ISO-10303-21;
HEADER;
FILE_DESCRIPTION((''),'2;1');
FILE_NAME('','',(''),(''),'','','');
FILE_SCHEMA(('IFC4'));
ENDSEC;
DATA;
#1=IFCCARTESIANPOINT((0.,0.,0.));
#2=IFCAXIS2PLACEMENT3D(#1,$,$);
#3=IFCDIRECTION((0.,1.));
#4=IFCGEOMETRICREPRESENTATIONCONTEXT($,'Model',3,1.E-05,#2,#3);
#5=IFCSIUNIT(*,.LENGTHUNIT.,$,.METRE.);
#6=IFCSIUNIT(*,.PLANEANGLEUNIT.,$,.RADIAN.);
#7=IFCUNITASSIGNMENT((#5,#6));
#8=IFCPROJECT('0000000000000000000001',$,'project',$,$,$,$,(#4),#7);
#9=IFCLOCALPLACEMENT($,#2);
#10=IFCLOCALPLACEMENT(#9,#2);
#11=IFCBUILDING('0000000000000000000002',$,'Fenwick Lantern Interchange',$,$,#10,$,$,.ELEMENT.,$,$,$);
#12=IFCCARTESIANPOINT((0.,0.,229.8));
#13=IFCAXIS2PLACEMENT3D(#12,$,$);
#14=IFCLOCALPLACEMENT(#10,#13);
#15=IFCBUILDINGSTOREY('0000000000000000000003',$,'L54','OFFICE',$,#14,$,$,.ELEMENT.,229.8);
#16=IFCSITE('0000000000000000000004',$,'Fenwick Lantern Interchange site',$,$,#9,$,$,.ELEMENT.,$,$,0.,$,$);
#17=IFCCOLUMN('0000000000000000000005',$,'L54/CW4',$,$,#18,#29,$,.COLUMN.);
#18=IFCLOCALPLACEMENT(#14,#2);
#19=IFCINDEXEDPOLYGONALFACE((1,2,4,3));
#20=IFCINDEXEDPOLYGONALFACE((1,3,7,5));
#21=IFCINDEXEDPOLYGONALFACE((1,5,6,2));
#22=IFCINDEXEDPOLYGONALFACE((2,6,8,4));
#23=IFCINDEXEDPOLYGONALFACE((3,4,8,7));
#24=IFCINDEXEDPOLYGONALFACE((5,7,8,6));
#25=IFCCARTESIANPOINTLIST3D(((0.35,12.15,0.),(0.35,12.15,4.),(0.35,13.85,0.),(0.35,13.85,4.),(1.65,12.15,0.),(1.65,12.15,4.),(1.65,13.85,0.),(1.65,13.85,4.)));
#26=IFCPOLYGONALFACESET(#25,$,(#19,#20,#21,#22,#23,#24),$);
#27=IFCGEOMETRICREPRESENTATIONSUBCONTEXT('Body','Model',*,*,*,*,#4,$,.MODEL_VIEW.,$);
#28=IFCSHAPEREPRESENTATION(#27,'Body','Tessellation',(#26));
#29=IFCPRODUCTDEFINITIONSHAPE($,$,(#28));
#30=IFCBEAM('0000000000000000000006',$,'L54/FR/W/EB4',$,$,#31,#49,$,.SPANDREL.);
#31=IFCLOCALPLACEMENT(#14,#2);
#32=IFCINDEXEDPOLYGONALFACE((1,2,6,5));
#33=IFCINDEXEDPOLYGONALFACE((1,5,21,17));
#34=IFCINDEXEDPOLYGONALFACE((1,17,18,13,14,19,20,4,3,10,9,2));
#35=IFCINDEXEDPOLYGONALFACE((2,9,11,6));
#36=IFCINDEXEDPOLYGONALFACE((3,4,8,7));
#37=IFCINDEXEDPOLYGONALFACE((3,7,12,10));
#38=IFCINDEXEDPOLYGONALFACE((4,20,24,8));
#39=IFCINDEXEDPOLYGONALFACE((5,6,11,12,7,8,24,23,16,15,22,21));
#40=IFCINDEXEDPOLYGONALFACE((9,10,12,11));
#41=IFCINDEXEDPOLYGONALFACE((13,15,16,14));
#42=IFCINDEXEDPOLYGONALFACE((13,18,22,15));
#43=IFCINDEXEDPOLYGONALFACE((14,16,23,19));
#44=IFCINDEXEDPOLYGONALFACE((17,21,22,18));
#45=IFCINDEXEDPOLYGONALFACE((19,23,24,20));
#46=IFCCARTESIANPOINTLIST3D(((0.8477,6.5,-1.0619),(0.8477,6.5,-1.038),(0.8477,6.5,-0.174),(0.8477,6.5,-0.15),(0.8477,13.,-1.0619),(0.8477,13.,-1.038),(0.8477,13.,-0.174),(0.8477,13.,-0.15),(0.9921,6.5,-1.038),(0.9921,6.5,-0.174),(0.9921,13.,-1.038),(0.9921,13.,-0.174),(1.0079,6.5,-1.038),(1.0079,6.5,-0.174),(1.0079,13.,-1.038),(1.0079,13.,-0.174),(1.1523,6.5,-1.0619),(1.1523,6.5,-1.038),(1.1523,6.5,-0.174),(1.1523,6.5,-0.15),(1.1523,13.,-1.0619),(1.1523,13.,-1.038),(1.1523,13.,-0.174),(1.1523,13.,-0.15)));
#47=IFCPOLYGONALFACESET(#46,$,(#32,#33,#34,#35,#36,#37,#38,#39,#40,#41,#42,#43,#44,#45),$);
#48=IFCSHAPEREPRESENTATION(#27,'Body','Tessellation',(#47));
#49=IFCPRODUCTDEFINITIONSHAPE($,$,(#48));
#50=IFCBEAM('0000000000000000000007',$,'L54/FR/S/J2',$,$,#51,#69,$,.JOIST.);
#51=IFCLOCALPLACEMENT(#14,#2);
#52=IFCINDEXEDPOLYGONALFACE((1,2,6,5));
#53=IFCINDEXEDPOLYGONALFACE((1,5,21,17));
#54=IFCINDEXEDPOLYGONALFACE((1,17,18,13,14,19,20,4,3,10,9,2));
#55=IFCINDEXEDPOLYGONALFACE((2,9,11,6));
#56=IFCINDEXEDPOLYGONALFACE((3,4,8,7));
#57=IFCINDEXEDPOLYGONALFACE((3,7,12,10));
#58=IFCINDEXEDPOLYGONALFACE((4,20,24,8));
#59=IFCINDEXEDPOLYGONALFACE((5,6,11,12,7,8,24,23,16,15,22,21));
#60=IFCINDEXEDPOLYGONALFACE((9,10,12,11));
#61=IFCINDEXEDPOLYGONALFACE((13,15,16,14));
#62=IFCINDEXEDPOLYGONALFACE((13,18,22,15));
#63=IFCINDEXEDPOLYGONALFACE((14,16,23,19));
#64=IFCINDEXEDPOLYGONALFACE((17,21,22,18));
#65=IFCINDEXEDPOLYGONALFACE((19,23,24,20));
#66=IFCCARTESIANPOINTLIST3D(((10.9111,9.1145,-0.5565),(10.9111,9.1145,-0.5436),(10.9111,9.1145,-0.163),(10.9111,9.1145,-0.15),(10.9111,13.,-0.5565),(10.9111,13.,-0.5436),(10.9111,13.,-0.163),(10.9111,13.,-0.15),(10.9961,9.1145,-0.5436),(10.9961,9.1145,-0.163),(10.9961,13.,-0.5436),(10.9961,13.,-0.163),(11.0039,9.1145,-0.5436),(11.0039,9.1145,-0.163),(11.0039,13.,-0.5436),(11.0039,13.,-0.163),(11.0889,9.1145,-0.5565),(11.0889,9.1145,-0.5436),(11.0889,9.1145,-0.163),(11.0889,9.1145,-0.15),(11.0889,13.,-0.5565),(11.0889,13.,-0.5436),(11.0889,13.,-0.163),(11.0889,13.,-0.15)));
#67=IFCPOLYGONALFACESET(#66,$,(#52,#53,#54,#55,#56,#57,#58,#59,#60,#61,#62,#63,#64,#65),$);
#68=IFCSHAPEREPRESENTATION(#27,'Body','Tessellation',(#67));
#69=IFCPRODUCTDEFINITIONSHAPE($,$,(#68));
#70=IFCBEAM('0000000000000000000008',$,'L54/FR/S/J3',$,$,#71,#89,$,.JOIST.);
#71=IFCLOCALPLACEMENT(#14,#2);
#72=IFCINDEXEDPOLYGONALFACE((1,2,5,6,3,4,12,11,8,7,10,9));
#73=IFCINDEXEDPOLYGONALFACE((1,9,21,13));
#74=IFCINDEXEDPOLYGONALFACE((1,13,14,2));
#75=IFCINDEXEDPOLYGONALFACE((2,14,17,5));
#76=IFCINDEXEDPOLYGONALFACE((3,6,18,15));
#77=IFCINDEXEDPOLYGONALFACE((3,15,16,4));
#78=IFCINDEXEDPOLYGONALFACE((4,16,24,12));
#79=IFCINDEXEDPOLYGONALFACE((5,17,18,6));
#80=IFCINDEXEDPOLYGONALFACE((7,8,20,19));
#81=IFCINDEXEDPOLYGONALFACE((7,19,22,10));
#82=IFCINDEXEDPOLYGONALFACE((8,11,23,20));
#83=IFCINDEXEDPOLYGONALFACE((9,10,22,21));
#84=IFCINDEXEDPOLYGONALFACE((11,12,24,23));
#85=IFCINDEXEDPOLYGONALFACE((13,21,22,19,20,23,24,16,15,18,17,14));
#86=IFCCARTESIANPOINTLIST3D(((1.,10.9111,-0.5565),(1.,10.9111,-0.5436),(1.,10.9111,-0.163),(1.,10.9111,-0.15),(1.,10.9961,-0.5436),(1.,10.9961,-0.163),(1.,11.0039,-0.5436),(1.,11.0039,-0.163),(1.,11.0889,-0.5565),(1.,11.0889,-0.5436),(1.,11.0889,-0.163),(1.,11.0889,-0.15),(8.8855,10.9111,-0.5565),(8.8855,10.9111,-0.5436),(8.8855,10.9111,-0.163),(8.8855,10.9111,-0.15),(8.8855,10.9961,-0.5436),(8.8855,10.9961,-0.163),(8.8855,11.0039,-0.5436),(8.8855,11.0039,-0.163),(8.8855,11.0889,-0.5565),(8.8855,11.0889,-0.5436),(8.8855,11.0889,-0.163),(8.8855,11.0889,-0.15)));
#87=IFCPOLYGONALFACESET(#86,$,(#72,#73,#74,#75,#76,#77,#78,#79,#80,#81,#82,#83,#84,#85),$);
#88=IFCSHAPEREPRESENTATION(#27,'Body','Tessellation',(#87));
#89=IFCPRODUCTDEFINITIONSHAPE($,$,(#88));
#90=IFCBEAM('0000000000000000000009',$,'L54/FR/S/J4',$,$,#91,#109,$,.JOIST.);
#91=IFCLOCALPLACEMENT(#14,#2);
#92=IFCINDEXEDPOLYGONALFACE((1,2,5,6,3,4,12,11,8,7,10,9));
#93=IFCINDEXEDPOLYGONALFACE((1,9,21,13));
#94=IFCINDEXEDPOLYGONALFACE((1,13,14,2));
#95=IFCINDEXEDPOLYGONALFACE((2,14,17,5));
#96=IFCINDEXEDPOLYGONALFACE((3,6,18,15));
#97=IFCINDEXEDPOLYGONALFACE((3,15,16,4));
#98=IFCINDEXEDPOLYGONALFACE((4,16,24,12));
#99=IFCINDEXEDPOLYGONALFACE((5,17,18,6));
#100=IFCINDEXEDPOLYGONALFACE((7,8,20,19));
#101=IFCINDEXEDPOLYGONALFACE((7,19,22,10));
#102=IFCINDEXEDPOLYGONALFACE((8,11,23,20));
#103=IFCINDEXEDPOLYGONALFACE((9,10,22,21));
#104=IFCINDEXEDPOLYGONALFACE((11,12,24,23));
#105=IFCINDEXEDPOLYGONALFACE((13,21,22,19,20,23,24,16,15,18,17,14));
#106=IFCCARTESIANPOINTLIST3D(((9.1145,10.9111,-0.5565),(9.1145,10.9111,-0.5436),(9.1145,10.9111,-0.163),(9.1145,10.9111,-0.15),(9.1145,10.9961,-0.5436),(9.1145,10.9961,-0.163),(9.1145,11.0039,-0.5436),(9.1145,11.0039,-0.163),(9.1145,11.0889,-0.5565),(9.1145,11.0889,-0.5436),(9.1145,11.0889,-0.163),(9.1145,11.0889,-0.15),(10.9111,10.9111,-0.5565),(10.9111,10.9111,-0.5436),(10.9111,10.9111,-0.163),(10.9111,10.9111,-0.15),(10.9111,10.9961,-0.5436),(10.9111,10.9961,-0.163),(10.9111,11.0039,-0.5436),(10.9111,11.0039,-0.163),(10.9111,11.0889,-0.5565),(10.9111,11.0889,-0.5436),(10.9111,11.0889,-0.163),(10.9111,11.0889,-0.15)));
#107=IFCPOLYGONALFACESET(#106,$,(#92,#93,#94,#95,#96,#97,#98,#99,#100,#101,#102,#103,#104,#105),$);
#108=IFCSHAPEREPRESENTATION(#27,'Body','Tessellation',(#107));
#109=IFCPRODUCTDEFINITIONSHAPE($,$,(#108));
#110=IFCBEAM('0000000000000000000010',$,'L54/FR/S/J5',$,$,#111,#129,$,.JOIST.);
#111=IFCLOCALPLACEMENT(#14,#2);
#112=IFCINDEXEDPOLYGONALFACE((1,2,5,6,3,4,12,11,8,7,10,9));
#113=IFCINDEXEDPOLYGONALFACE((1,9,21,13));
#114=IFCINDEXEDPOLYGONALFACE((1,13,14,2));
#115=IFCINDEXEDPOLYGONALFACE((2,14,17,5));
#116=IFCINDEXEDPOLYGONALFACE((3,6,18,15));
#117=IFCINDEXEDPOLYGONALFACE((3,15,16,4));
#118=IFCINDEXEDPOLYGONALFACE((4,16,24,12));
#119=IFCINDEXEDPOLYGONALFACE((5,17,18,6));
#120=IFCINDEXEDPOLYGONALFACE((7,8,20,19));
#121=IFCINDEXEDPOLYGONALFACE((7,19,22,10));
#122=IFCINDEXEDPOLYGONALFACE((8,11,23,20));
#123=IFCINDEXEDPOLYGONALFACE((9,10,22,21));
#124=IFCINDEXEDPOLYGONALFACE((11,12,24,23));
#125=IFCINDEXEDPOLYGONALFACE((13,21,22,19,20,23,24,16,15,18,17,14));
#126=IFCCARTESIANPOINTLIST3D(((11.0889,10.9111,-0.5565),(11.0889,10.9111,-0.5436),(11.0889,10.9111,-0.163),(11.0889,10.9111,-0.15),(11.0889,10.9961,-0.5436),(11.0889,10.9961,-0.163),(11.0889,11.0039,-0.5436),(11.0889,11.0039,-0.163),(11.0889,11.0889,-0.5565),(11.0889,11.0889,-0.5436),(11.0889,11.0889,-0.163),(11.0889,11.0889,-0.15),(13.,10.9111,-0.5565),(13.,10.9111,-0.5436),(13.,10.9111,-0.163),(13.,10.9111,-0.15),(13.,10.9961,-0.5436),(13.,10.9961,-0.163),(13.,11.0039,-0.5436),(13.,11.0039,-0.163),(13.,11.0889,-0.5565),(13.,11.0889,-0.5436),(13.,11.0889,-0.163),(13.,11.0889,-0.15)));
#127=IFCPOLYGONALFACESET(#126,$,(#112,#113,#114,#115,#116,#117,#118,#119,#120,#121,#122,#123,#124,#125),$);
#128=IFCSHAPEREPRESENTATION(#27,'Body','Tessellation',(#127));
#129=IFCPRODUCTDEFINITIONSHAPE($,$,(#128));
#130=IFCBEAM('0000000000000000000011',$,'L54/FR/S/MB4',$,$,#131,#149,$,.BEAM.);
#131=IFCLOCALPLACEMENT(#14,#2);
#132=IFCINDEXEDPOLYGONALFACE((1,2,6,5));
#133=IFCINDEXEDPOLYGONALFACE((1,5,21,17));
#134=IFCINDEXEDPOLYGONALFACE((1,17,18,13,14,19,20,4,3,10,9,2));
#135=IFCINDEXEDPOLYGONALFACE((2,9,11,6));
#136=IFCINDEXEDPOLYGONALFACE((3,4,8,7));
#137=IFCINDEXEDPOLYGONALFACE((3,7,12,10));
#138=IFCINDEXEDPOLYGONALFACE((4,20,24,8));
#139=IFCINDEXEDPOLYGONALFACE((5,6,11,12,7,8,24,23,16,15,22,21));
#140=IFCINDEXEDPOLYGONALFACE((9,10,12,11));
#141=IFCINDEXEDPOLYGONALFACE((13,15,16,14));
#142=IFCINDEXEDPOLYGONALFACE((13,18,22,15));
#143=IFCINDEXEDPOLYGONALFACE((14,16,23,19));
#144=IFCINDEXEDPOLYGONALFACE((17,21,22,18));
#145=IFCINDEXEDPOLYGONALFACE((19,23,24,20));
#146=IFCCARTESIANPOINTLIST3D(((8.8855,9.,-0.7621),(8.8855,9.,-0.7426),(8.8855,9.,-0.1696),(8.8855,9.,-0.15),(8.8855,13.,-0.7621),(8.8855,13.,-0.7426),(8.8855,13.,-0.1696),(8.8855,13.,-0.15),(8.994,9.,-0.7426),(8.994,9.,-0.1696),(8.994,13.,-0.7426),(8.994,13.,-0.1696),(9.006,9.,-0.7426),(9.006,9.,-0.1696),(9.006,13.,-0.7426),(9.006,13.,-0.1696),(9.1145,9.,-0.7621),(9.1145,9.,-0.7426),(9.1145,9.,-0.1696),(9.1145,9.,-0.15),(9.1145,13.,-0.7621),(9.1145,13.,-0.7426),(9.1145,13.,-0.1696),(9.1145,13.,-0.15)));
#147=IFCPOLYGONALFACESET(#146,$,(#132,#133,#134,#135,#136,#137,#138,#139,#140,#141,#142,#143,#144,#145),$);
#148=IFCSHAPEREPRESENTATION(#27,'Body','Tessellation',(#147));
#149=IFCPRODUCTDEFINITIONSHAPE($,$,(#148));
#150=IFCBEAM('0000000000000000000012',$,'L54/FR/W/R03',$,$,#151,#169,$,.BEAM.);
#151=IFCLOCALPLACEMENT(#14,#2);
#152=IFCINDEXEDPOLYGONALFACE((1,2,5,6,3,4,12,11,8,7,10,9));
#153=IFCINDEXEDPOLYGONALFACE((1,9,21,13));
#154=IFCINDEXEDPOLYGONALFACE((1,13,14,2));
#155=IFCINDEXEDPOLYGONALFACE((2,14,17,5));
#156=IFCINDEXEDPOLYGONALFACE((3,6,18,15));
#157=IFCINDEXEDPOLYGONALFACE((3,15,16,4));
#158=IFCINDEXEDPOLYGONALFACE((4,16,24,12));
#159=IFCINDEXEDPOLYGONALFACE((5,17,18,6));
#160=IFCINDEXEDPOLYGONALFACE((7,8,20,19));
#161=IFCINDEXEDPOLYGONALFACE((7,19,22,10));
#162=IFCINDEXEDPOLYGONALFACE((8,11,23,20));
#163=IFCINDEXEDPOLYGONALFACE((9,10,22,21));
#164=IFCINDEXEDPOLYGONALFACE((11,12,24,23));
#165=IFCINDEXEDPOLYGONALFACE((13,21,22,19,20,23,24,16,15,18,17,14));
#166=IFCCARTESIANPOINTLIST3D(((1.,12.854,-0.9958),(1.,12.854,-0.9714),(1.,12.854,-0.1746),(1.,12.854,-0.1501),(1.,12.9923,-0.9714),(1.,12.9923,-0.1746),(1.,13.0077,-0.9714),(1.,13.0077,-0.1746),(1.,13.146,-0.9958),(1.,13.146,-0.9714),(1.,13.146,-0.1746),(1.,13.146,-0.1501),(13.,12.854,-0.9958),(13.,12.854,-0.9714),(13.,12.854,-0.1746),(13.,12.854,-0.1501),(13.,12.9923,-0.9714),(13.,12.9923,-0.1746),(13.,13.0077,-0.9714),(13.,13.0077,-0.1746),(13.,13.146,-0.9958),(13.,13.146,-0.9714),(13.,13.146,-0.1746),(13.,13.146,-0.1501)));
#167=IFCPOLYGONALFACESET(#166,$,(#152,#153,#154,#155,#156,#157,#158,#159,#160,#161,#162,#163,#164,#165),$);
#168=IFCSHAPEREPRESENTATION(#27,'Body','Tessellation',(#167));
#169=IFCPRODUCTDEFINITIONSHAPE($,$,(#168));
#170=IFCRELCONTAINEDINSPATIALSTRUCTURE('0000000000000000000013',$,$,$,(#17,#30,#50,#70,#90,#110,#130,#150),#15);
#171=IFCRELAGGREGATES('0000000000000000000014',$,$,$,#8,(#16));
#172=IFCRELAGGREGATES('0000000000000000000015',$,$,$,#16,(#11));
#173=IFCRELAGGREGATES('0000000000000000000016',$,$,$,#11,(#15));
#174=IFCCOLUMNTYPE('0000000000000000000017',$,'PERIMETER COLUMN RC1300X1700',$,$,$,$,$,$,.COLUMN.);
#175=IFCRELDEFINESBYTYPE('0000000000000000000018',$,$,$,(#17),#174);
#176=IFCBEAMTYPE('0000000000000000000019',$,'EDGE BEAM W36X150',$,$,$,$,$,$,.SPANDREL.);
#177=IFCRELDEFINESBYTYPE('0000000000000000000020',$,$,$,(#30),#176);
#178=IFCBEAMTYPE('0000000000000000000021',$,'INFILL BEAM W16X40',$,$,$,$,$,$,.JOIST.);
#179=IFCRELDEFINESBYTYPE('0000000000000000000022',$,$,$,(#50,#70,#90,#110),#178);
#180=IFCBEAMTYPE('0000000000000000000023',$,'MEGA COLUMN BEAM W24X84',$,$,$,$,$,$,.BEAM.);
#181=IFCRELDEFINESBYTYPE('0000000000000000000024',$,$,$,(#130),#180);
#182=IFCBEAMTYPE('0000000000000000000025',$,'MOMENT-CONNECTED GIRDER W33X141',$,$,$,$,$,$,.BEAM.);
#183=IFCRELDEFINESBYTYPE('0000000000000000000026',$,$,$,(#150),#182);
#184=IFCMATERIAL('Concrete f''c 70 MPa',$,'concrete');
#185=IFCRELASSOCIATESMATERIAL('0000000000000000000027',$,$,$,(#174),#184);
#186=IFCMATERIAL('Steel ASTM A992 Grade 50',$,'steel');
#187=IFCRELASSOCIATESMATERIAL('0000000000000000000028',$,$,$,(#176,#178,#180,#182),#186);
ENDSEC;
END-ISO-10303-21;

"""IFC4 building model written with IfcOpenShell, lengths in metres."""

from ifc_helpers import new_model, si_unit, direction, frame, origin, origin_2d, place, context, subcontext, project, spatial, rectangle, i_section, extrude, material, material_profile, profile_set, type_object, element, save


model = new_model("IFC4")

# Units and contexts
model_context = context("Model", 3, precision=1e-05, world=origin(), true_north=direction((0.0, 1.0)))
body_context = subcontext(model_context, "Body", "Model", "MODEL_VIEW")
ifc_project = project(units=[si_unit("LENGTHUNIT", "METRE"), si_unit("PLANEANGLEUNIT", "RADIAN")], contexts=[model_context])

# Site, building, storey
site_placement = place(None, origin())
site = spatial("IfcSite", under=ifc_project, at=site_placement, Name="Fenwick Lantern Interchange site", CompositionType="ELEMENT", RefElevation=0.0)
building_placement = place(site_placement, origin())
building = spatial("IfcBuilding", under=site, at=building_placement, Name="Fenwick Lantern Interchange", CompositionType="ELEMENT")
storey_placement = place(building_placement, frame((0.0, 0.0, 229.8)))
storey = spatial("IfcBuildingStorey", under=building, at=storey_placement, Name="L54", Description="OFFICE", CompositionType="ELEMENT", Elevation=229.8)

# Column
ifc_material_1 = material(Name="Concrete f'c 70 MPa", Category="concrete")
ifc_material_profile_1 = material_profile(ifc_material_1, rectangle(XDim=1.3, YDim=1.7, at=origin_2d()), Name="RC1300X1700")
ifc_profile_set_1 = profile_set([ifc_material_profile_1], Name="Concrete f'c 70 MPa")
column_type = type_object("IfcColumnType", Name="PERIMETER COLUMN RC1300X1700", PredefinedType="COLUMN", material=ifc_profile_set_1)
column_placement = place(storey_placement, frame((1.0, 13.0, 0.0), z_axis=(0.0, 0.0, 1.0), x_axis=(1.0, 0.0, 0.0)))
element("IfcColumn", 1, at=column_placement, inside=storey, type_object=column_type, Name="L54/CW4", PredefinedType="COLUMN", context=body_context, shape_type="SweptSolid", body=[
    extrude(rectangle(XDim=1.3, YDim=1.7, at=origin_2d()), origin(), (0.0, 0.0, 1.0), 4.0),
])

# Beams
ifc_material_2 = material(Name="Steel ASTM A992 Grade 50", Category="steel")
ifc_material_profile_2 = material_profile(ifc_material_2, i_section(OverallWidth=0.3047, OverallDepth=0.9119, WebThickness=0.0159, FlangeThickness=0.0239, at=origin_2d()), Name="W36X150")
ifc_profile_set_2 = profile_set([ifc_material_profile_2], Name="Steel ASTM A992 Grade 50")
beam_type_1 = type_object("IfcBeamType", Name="EDGE BEAM W36X150", PredefinedType="SPANDREL", material=ifc_profile_set_2)
beam_1_placement = place(storey_placement, frame((1.0, 13.0, -0.606), z_axis=(0.0, -1.0, 0.0), x_axis=(1.0, 0.0, 0.0)))
element("IfcBeam", 2, at=beam_1_placement, inside=storey, type_object=beam_type_1, Name="L54/FR/W/EB4", PredefinedType="SPANDREL", context=body_context, shape_type="SweptSolid", body=[
    extrude(i_section(OverallWidth=0.3047, OverallDepth=0.9119, WebThickness=0.0159, FlangeThickness=0.0239, at=origin_2d()), origin(), (0.0, 0.0, 1.0), 6.5),
])
ifc_material_profile_3 = material_profile(ifc_material_2, i_section(OverallWidth=0.1777, OverallDepth=0.4065, WebThickness=0.0078, FlangeThickness=0.0129, at=origin_2d()), Name="W16X40")
ifc_profile_set_3 = profile_set([ifc_material_profile_3], Name="Steel ASTM A992 Grade 50")
beam_type_2 = type_object("IfcBeamType", Name="INFILL BEAM W16X40", PredefinedType="JOIST", material=ifc_profile_set_3)
beam_2_placement = place(storey_placement, frame((11.0, 9.1145, -0.3533), z_axis=(0.0, 1.0, 0.0), x_axis=(-1.0, 0.0, 0.0)))
element("IfcBeam", 3, at=beam_2_placement, inside=storey, type_object=beam_type_2, Name="L54/FR/S/J2", PredefinedType="JOIST", context=body_context, shape_type="SweptSolid", body=[
    extrude(i_section(OverallWidth=0.1777, OverallDepth=0.4065, WebThickness=0.0078, FlangeThickness=0.0129, at=origin_2d()), origin(), (0.0, 0.0, 1.0), 3.8855),
])
beam_3_placement = place(storey_placement, frame((1.0, 11.0, -0.3533), z_axis=(1.0, 0.0, 0.0), x_axis=(0.0, 1.0, 0.0)))
element("IfcBeam", 4, at=beam_3_placement, inside=storey, type_object=beam_type_2, Name="L54/FR/S/J3", PredefinedType="JOIST", context=body_context, shape_type="SweptSolid", body=[
    extrude(i_section(OverallWidth=0.1777, OverallDepth=0.4065, WebThickness=0.0078, FlangeThickness=0.0129, at=origin_2d()), origin(), (0.0, 0.0, 1.0), 7.8855),
])
beam_4_placement = place(storey_placement, frame((9.1145, 11.0, -0.3533), z_axis=(1.0, 0.0, 0.0), x_axis=(0.0, 1.0, 0.0)))
element("IfcBeam", 5, at=beam_4_placement, inside=storey, type_object=beam_type_2, Name="L54/FR/S/J4", PredefinedType="JOIST", context=body_context, shape_type="SweptSolid", body=[
    extrude(i_section(OverallWidth=0.1777, OverallDepth=0.4065, WebThickness=0.0078, FlangeThickness=0.0129, at=origin_2d()), origin(), (0.0, 0.0, 1.0), 1.7966),
])
beam_5_placement = place(storey_placement, frame((11.0889, 11.0, -0.3533), z_axis=(1.0, 0.0, 0.0), x_axis=(0.0, 1.0, 0.0)))
element("IfcBeam", 6, at=beam_5_placement, inside=storey, type_object=beam_type_2, Name="L54/FR/S/J5", PredefinedType="JOIST", context=body_context, shape_type="SweptSolid", body=[
    extrude(i_section(OverallWidth=0.1777, OverallDepth=0.4065, WebThickness=0.0078, FlangeThickness=0.0129, at=origin_2d()), origin(), (0.0, 0.0, 1.0), 1.9111),
])
ifc_material_profile_4 = material_profile(ifc_material_2, i_section(OverallWidth=0.229, OverallDepth=0.6121, WebThickness=0.012, FlangeThickness=0.0195, at=origin_2d()), Name="W24X84")
ifc_profile_set_4 = profile_set([ifc_material_profile_4], Name="Steel ASTM A992 Grade 50")
beam_type_3 = type_object("IfcBeamType", Name="MEGA COLUMN BEAM W24X84", PredefinedType="BEAM", material=ifc_profile_set_4)
beam_6_placement = place(storey_placement, frame((9.0, 9.0, -0.4561), z_axis=(0.0, 1.0, 0.0), x_axis=(-1.0, 0.0, 0.0)))
element("IfcBeam", 7, at=beam_6_placement, inside=storey, type_object=beam_type_3, Name="L54/FR/S/MB4", PredefinedType="BEAM", context=body_context, shape_type="SweptSolid", body=[
    extrude(i_section(OverallWidth=0.229, OverallDepth=0.6121, WebThickness=0.012, FlangeThickness=0.0195, at=origin_2d()), origin(), (0.0, 0.0, 1.0), 4.0),
])
ifc_material_profile_5 = material_profile(ifc_material_2, i_section(OverallWidth=0.292, OverallDepth=0.8457, WebThickness=0.0154, FlangeThickness=0.0244, at=origin_2d()), Name="W33X141")
ifc_profile_set_5 = profile_set([ifc_material_profile_5], Name="Steel ASTM A992 Grade 50")
beam_type_4 = type_object("IfcBeamType", Name="MOMENT-CONNECTED GIRDER W33X141", PredefinedType="BEAM", material=ifc_profile_set_5)
beam_7_placement = place(storey_placement, frame((1.0, 13.0, -0.573), z_axis=(1.0, 0.0, 0.0), x_axis=(0.0, 1.0, 0.0)))
element("IfcBeam", 8, at=beam_7_placement, inside=storey, type_object=beam_type_4, Name="L54/FR/W/R03", PredefinedType="BEAM", context=body_context, shape_type="SweptSolid", body=[
    extrude(i_section(OverallWidth=0.292, OverallDepth=0.8457, WebThickness=0.0154, FlangeThickness=0.0244, at=origin_2d()), origin(), (0.0, 0.0, 1.0), 12.0),
])

save(model, "model.ifc")
